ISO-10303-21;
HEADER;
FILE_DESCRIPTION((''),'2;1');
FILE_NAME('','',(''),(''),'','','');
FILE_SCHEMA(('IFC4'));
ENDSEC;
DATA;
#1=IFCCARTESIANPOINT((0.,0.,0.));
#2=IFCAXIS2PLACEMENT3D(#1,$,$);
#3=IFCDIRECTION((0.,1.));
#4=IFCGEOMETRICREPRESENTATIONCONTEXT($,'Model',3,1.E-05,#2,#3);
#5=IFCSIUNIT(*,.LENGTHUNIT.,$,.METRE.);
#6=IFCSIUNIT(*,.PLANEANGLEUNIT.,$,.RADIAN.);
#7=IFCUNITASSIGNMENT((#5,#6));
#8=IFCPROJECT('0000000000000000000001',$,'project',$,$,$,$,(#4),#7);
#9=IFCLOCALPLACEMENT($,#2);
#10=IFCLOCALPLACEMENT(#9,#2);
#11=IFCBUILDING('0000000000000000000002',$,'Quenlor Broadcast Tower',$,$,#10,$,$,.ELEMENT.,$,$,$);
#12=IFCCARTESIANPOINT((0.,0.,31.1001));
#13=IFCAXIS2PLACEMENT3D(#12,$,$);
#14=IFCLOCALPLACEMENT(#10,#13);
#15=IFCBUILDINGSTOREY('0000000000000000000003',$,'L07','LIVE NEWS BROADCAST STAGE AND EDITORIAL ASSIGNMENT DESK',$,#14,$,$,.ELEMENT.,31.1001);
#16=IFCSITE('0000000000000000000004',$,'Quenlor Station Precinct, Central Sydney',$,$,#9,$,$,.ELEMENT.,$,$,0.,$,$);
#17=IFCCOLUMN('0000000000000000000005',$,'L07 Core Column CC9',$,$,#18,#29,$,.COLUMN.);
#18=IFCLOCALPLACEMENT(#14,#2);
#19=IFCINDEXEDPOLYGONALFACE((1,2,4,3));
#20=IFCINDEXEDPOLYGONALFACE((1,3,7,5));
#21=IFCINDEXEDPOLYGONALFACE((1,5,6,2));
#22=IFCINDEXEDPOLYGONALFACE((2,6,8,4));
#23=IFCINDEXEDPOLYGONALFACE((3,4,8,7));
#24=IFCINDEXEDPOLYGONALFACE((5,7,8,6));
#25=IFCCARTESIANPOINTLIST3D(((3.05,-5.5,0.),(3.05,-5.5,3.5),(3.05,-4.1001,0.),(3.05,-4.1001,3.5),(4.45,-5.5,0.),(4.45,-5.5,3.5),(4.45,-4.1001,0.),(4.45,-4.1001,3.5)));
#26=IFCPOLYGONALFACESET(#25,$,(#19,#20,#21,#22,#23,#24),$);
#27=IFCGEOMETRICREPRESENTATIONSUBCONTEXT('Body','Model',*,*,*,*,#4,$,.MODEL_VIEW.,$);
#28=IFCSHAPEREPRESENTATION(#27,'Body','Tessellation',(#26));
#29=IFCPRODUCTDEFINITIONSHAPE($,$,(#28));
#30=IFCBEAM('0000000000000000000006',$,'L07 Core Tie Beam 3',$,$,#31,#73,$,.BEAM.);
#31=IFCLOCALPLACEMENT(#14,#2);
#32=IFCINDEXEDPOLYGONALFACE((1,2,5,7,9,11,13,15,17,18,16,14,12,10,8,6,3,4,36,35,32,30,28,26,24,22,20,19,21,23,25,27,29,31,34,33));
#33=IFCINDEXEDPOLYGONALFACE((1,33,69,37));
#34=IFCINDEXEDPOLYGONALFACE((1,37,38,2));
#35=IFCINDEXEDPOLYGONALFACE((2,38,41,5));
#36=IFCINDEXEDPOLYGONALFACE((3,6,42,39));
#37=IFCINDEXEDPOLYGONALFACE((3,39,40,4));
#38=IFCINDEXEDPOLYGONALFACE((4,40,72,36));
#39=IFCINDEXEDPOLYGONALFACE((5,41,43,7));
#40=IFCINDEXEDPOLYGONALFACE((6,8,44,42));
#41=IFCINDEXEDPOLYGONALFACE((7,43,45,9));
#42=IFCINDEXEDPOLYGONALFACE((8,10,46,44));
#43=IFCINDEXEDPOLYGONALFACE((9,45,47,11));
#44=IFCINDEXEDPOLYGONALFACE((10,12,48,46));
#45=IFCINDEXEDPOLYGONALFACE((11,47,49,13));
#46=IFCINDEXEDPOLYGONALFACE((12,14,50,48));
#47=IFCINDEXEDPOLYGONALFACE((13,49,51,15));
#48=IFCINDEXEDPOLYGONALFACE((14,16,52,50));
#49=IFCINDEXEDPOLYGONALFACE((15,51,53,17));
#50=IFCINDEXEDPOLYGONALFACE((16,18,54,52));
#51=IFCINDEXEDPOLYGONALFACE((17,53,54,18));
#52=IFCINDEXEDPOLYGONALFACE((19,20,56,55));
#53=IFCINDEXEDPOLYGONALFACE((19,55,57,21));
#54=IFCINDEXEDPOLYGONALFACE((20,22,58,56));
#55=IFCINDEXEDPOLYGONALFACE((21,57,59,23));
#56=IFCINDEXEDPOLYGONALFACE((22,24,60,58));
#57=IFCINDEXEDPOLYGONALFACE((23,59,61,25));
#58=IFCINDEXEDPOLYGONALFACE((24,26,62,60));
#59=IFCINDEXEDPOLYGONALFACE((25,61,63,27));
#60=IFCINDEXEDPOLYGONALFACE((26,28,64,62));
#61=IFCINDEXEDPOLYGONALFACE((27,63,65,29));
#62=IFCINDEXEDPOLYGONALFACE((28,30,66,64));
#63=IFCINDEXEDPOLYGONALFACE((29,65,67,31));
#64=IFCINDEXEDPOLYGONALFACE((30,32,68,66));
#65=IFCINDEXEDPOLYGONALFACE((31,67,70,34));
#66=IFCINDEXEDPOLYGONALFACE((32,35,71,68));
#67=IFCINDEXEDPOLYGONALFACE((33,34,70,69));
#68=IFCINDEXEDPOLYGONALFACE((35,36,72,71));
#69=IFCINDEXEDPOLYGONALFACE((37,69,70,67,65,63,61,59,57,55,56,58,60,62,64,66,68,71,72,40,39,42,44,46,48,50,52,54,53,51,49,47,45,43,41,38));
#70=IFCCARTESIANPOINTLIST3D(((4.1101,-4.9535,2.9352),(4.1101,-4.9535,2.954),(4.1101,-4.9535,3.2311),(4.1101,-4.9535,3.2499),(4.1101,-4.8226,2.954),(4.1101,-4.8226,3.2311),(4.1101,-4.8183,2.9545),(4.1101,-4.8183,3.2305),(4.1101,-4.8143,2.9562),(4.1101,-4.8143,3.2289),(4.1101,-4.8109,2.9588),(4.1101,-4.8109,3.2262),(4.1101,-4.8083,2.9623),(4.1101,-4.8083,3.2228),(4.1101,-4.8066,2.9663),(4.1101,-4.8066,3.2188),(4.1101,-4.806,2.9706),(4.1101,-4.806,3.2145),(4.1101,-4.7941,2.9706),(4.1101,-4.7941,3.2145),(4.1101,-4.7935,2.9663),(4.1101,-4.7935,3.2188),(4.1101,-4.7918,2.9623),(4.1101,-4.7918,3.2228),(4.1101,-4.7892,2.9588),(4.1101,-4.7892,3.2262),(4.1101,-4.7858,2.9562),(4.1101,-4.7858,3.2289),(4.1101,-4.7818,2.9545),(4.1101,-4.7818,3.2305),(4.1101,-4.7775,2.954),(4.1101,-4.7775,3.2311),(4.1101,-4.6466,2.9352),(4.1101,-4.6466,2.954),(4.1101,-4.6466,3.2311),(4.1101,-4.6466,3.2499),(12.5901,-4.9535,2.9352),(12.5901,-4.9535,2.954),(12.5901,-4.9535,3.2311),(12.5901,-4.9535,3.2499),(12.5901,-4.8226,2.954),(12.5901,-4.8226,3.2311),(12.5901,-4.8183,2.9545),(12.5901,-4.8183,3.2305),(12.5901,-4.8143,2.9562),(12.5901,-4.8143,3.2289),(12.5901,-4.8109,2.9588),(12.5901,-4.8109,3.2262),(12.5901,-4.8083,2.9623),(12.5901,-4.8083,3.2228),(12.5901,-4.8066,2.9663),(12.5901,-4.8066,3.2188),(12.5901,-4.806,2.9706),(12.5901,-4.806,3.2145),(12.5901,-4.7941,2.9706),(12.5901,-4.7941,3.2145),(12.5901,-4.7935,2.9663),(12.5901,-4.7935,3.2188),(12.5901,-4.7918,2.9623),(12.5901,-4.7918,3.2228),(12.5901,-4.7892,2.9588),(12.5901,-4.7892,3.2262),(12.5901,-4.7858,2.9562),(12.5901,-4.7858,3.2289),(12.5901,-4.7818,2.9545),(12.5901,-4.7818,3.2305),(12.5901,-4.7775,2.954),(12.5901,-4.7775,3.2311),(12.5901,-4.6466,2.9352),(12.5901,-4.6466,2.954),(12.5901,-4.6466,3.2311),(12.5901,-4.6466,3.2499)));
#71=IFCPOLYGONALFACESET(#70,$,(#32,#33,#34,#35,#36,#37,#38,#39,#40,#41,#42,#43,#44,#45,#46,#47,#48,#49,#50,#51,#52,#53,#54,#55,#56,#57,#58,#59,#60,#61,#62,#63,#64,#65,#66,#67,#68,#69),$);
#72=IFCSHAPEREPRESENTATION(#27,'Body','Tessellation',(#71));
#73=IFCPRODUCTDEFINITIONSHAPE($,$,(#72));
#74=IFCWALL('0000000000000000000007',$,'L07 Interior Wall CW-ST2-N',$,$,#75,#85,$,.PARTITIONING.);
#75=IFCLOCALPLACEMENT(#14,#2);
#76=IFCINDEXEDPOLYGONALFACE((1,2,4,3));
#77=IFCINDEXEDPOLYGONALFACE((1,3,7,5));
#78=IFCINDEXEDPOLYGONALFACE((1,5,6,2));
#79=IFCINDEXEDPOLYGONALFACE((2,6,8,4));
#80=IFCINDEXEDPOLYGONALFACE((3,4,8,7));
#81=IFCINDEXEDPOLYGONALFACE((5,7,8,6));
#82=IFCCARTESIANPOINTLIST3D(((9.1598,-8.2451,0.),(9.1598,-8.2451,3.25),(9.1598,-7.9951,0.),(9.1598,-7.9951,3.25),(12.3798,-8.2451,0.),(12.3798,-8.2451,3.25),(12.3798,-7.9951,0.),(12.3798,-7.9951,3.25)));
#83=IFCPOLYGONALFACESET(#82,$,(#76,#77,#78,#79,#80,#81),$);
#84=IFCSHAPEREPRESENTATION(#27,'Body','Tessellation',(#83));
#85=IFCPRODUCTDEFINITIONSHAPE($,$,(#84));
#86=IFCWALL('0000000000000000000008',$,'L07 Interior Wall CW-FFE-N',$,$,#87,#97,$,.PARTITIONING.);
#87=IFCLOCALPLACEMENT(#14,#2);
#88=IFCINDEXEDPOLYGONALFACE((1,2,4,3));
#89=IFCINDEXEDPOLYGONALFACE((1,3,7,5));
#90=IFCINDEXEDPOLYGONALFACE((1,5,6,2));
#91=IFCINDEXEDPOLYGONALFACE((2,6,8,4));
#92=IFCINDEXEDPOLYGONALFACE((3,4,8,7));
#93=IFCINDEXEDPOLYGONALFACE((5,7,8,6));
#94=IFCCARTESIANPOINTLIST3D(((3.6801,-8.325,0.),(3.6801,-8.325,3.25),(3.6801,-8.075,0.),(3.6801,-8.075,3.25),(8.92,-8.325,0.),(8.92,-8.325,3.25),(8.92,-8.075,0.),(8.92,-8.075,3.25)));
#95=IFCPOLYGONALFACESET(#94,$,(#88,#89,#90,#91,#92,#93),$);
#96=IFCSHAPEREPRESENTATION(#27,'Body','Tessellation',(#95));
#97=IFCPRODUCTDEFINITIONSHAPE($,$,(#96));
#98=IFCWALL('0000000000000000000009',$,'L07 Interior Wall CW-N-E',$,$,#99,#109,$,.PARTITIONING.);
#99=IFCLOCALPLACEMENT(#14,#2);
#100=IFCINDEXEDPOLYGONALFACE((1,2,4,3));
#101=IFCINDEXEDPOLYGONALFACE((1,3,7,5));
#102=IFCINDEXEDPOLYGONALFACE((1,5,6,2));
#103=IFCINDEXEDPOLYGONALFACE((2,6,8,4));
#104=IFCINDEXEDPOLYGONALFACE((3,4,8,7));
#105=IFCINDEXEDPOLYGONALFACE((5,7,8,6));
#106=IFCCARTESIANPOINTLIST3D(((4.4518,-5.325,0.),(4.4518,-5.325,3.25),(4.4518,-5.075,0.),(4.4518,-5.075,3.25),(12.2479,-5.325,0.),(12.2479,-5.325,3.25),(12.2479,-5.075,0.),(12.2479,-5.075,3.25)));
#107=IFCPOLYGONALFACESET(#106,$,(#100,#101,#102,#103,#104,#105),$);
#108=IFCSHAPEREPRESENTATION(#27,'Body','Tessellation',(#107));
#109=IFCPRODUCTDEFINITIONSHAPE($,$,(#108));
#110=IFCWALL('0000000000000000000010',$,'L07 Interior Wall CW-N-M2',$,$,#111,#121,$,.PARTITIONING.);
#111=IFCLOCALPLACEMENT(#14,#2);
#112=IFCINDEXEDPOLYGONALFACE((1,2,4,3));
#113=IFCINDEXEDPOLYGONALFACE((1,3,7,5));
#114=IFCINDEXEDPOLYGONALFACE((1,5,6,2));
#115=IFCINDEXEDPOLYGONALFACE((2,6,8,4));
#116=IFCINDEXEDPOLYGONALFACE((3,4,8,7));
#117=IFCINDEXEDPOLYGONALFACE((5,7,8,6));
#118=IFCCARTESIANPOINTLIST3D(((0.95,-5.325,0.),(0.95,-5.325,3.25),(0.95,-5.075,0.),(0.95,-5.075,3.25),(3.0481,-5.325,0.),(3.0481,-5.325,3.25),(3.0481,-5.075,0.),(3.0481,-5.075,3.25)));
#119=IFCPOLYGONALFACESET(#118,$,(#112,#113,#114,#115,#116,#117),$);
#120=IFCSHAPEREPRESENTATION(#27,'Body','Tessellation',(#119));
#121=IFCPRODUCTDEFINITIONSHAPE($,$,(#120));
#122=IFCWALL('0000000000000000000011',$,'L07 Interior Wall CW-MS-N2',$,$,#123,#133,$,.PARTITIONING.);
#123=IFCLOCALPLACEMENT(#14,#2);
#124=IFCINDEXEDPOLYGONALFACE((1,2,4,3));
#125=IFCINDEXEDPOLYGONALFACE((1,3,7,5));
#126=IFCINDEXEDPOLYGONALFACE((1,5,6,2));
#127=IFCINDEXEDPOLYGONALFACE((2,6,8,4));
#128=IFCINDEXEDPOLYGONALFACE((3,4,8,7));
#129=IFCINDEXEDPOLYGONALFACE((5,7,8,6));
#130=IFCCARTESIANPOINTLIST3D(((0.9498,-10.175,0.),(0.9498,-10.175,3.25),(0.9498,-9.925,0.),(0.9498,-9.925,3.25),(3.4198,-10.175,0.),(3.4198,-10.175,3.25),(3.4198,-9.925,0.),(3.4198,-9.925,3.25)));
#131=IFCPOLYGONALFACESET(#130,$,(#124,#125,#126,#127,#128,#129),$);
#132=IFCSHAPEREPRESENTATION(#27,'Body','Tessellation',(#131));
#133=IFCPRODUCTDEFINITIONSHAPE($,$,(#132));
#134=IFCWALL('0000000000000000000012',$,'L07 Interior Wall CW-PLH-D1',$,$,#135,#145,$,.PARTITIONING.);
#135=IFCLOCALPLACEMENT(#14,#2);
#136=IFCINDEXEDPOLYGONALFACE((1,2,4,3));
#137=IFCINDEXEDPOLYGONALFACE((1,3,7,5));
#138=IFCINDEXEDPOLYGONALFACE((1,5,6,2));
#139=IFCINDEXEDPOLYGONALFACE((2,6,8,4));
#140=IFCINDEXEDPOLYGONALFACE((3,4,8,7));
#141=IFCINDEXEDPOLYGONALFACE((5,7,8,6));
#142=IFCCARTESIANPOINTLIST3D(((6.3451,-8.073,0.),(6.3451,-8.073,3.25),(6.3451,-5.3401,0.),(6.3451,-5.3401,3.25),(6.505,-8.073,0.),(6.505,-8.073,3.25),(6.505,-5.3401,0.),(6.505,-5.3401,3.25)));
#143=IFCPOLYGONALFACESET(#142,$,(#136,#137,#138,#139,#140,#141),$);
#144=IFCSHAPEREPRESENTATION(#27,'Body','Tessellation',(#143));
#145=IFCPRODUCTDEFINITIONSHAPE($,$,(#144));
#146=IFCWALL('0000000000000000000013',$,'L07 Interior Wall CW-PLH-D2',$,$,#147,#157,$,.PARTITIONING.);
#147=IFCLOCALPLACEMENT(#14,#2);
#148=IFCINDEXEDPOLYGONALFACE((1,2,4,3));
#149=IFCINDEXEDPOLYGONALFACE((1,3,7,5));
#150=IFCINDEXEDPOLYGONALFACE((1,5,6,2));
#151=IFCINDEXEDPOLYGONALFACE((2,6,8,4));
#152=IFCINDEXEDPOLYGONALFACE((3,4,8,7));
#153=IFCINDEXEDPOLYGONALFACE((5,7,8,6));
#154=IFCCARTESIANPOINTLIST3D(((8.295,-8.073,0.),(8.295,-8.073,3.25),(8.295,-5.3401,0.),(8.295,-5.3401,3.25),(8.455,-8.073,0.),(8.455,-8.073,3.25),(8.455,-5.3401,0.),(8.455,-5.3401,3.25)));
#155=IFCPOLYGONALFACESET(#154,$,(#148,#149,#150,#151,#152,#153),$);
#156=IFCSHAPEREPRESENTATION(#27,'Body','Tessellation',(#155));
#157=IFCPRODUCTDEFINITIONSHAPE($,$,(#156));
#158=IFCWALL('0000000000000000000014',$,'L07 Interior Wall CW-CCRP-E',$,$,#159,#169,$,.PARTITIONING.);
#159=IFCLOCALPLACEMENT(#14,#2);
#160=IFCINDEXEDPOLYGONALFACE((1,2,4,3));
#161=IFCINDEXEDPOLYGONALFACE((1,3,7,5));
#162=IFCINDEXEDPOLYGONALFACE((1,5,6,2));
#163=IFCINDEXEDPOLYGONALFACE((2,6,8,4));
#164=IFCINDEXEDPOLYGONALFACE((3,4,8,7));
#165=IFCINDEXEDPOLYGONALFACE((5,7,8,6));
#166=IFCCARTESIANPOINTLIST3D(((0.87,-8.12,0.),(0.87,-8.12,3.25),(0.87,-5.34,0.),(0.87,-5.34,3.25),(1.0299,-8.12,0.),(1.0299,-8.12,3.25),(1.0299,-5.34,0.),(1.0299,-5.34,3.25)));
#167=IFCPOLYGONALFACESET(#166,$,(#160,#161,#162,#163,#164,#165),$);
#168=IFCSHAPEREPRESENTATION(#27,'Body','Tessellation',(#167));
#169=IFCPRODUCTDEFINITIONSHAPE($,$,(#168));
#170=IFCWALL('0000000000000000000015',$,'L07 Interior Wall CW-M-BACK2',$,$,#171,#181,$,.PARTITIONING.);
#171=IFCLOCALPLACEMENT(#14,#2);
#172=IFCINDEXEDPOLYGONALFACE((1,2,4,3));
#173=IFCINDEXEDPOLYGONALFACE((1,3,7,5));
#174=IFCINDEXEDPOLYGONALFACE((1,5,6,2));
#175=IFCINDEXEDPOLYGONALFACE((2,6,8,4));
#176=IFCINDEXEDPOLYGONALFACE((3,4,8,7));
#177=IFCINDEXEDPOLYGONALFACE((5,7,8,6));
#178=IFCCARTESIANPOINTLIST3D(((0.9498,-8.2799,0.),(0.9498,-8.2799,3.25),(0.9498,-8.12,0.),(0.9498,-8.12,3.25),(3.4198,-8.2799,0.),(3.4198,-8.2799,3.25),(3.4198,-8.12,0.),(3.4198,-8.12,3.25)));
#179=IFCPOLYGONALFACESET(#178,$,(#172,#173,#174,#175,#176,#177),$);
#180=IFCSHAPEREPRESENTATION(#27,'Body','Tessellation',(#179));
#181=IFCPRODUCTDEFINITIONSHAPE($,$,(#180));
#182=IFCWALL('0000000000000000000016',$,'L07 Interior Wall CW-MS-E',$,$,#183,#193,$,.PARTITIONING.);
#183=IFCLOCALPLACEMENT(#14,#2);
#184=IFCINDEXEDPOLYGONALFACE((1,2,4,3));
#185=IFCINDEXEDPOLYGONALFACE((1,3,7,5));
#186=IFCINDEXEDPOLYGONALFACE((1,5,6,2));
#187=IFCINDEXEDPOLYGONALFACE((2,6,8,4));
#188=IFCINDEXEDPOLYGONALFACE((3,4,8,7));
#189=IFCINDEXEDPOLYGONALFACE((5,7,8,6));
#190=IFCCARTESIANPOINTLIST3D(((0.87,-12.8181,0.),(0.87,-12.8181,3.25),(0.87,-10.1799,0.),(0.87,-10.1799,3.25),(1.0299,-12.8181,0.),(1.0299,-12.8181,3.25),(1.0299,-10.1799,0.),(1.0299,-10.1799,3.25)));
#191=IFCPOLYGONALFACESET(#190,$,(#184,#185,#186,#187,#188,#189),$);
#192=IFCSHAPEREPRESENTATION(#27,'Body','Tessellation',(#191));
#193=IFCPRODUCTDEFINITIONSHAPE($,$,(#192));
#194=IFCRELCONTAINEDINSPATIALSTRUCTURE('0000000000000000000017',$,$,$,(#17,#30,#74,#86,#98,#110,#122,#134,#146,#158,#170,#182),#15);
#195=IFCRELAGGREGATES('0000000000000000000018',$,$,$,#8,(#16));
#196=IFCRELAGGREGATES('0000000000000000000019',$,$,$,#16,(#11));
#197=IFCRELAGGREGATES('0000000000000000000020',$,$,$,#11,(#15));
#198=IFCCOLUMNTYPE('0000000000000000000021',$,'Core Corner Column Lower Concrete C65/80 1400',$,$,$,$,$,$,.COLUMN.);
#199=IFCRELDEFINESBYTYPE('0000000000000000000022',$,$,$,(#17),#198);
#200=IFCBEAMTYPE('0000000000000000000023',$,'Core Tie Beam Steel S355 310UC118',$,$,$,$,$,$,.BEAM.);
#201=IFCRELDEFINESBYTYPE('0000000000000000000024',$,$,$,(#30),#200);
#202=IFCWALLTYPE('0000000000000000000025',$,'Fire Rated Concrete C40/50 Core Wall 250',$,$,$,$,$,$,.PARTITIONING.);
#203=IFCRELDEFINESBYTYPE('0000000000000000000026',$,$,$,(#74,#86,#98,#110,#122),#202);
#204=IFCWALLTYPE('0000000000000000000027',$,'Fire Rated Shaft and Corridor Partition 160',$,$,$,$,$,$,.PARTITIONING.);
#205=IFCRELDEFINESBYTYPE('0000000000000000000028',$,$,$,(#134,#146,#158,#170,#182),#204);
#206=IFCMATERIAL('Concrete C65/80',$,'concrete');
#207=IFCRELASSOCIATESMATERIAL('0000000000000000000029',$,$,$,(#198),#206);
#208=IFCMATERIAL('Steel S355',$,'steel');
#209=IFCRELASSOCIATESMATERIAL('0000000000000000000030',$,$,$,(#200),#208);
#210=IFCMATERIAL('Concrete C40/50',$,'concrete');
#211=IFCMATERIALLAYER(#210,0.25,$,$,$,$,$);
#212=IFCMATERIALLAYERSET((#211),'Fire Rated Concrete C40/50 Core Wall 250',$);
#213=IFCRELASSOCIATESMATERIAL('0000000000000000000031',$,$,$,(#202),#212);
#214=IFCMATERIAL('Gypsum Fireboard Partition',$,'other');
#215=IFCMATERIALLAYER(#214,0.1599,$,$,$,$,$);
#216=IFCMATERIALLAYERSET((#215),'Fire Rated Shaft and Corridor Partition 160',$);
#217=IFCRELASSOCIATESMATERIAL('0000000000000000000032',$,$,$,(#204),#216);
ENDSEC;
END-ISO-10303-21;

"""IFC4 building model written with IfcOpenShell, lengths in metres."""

from ifc_helpers import new_model, si_unit, direction, frame, frame_2d, origin, origin_2d, place, context, subcontext, project, spatial, rectangle, i_section, extrude, material, layer, layer_set, material_profile, profile_set, type_object, element, save


model = new_model("IFC4")

# Units and contexts
model_context = context("Model", 3, precision=1e-05, world=origin(), true_north=direction((0.0, 1.0)))
body_context = subcontext(model_context, "Body", "Model", "MODEL_VIEW")
ifc_project = project(units=[si_unit("LENGTHUNIT", "METRE"), si_unit("PLANEANGLEUNIT", "RADIAN")], contexts=[model_context])

# Site, building, storey
site_placement = place(None, origin())
site = spatial("IfcSite", under=ifc_project, at=site_placement, Name="Quenlor Station Precinct, Central Sydney", CompositionType="ELEMENT", RefElevation=0.0)
building_placement = place(site_placement, origin())
building = spatial("IfcBuilding", under=site, at=building_placement, Name="Quenlor Broadcast Tower", CompositionType="ELEMENT")
storey_placement = place(building_placement, frame((0.0, 0.0, 31.1001)))
storey = spatial("IfcBuildingStorey", under=building, at=storey_placement, Name="L07", Description="LIVE NEWS BROADCAST STAGE AND EDITORIAL ASSIGNMENT DESK", CompositionType="ELEMENT", Elevation=31.1001)

# Column
ifc_material_1 = material(Name="Concrete C65/80", Category="concrete")
ifc_material_profile_1 = material_profile(ifc_material_1, rectangle(XDim=1.3999, YDim=1.3999, at=origin_2d()))
ifc_profile_set_1 = profile_set([ifc_material_profile_1], Name="Concrete C65/80 RC1400x1400")
column_type = type_object("IfcColumnType", Name="Core Corner Column Lower Concrete C65/80 1400", PredefinedType="COLUMN", material=ifc_profile_set_1)
column_placement = place(storey_placement, frame((3.75, -4.8, 0.0), z_axis=(0.0, 0.0, 1.0), x_axis=(1.0, 0.0, 0.0)))
element("IfcColumn", 1, at=column_placement, inside=storey, type_object=column_type, Name="L07 Core Column CC9", PredefinedType="COLUMN", context=body_context, shape_type="SweptSolid", body=[
    extrude(rectangle(XDim=1.3999, YDim=1.3999, at=origin_2d()), origin(), (0.0, 0.0, 1.0), 3.5),
])

# Beam
ifc_material_2 = material(Name="Steel S355", Category="steel")
ifc_material_profile_2 = material_profile(ifc_material_2, i_section(OverallWidth=0.3069, OverallDepth=0.3147, WebThickness=0.012, FlangeThickness=0.0188, FilletRadius=0.0166, at=origin_2d()))
ifc_profile_set_2 = profile_set([ifc_material_profile_2], Name="Steel S355 310UC118")
beam_type = type_object("IfcBeamType", Name="Core Tie Beam Steel S355 310UC118", PredefinedType="BEAM", material=ifc_profile_set_2)
beam_placement = place(storey_placement, frame((4.1101, -4.8, 3.0925), z_axis=(1.0, 0.0, 0.0), x_axis=(0.0, 1.0, 0.0)))
element("IfcBeam", 2, at=beam_placement, inside=storey, type_object=beam_type, Name="L07 Core Tie Beam 3", PredefinedType="BEAM", context=body_context, shape_type="SweptSolid", body=[
    extrude(i_section(OverallWidth=0.3069, OverallDepth=0.3147, WebThickness=0.012, FlangeThickness=0.0188, FilletRadius=0.0166, at=origin_2d()), origin(), (0.0, 0.0, 1.0), 8.48),
])

# Shared definitions
ifc_material_3 = material(Name="Concrete C40/50", Category="concrete")
ifc_layer_1 = layer(ifc_material_3, 0.25)
ifc_layer_set_1 = layer_set([ifc_layer_1], Name="Fire Rated Concrete C40/50 Core Wall 250")
wall_type_1 = type_object("IfcWallType", Name="Fire Rated Concrete C40/50 Core Wall 250", PredefinedType="PARTITIONING", material=ifc_layer_set_1)

# Wall
wall_1_placement = place(storey_placement, frame((9.1599, -8.1201, 0.0), z_axis=(0.0, 0.0, 1.0), x_axis=(1.0, 0.0, 0.0)))
element("IfcWall", 3, at=wall_1_placement, inside=storey, type_object=wall_type_1, Name="L07 Interior Wall CW-ST2-N", PredefinedType="PARTITIONING", context=body_context, shape_type="SweptSolid", body=[
    extrude(rectangle(XDim=3.22, YDim=0.25, at=frame_2d((1.6099, 0.0))), origin(), (0.0, 0.0, 1.0), 3.25),
])

# Walls
wall_2_placement = place(storey_placement, frame((3.6799, -8.2, 0.0), z_axis=(0.0, 0.0, 1.0), x_axis=(1.0, 0.0, 0.0)))
element("IfcWall", 4, at=wall_2_placement, inside=storey, type_object=wall_type_1, Name="L07 Interior Wall CW-FFE-N", PredefinedType="PARTITIONING", context=body_context, shape_type="SweptSolid", body=[
    extrude(rectangle(XDim=5.24, YDim=0.25, at=frame_2d((2.6201, 0.0))), origin(), (0.0, 0.0, 1.0), 3.25),
])
wall_3_placement = place(storey_placement, frame((4.4519, -5.2, 0.0), z_axis=(0.0, 0.0, 1.0), x_axis=(1.0, 0.0, 0.0)))
element("IfcWall", 5, at=wall_3_placement, inside=storey, type_object=wall_type_1, Name="L07 Interior Wall CW-N-E", PredefinedType="PARTITIONING", context=body_context, shape_type="SweptSolid", body=[
    extrude(rectangle(XDim=7.7961, YDim=0.25, at=frame_2d((3.8979, 0.0))), origin(), (0.0, 0.0, 1.0), 3.25),
])
wall_4_placement = place(storey_placement, frame((0.95, -5.2, 0.0), z_axis=(0.0, 0.0, 1.0), x_axis=(1.0, 0.0, 0.0)))
element("IfcWall", 6, at=wall_4_placement, inside=storey, type_object=wall_type_1, Name="L07 Interior Wall CW-N-M2", PredefinedType="PARTITIONING", context=body_context, shape_type="SweptSolid", body=[
    extrude(rectangle(XDim=2.0981, YDim=0.25, at=frame_2d((1.0491, 0.0))), origin(), (0.0, 0.0, 1.0), 3.25),
])
wall_5_placement = place(storey_placement, frame((0.95, -10.05, 0.0), z_axis=(0.0, 0.0, 1.0), x_axis=(1.0, 0.0, 0.0)))
element("IfcWall", 7, at=wall_5_placement, inside=storey, type_object=wall_type_1, Name="L07 Interior Wall CW-MS-N2", PredefinedType="PARTITIONING", context=body_context, shape_type="SweptSolid", body=[
    extrude(rectangle(XDim=2.47, YDim=0.25, at=frame_2d((1.2349, 0.0))), origin(), (0.0, 0.0, 1.0), 3.25),
])
ifc_material_4 = material(Name="Gypsum Fireboard Partition", Category="other")
ifc_layer_2 = layer(ifc_material_4, 0.1599)
ifc_layer_set_2 = layer_set([ifc_layer_2], Name="Fire Rated Shaft and Corridor Partition 160")
wall_type_2 = type_object("IfcWallType", Name="Fire Rated Shaft and Corridor Partition 160", PredefinedType="PARTITIONING", material=ifc_layer_set_2)
for number, where, z_axis, x_axis, name in (
    (8, (6.425, -8.073, 0.0), (0.0, 0.0, 1.0), (0.0, 1.0, 0.0), "L07 Interior Wall CW-PLH-D1"),
    (9, (8.375, -8.073, 0.0), (0.0, 0.0, 1.0), (0.0, 1.0, 0.0), "L07 Interior Wall CW-PLH-D2"),
):
    element("IfcWall", number, at=place(storey_placement, frame(where, z_axis=z_axis, x_axis=x_axis)), inside=storey, type_object=wall_type_2, Name=name, PredefinedType="PARTITIONING", context=body_context, shape_type="SweptSolid", body=[
        extrude(rectangle(XDim=2.7329, YDim=0.1599, at=frame_2d((1.3665, 0.0))), origin(), (0.0, 0.0, 1.0), 3.25),
    ])
wall_6_placement = place(storey_placement, frame((0.95, -8.1201, 0.0), z_axis=(0.0, 0.0, 1.0), x_axis=(0.0, 1.0, 0.0)))
element("IfcWall", 10, at=wall_6_placement, inside=storey, type_object=wall_type_2, Name="L07 Interior Wall CW-CCRP-E", PredefinedType="PARTITIONING", context=body_context, shape_type="SweptSolid", body=[
    extrude(rectangle(XDim=2.78, YDim=0.1599, at=frame_2d((1.3901, 0.0))), origin(), (0.0, 0.0, 1.0), 3.25),
])
wall_7_placement = place(storey_placement, frame((0.95, -8.2, 0.0), z_axis=(0.0, 0.0, 1.0), x_axis=(1.0, 0.0, 0.0)))
element("IfcWall", 11, at=wall_7_placement, inside=storey, type_object=wall_type_2, Name="L07 Interior Wall CW-M-BACK2", PredefinedType="PARTITIONING", context=body_context, shape_type="SweptSolid", body=[
    extrude(rectangle(XDim=2.47, YDim=0.1599, at=frame_2d((1.2349, 0.0))), origin(), (0.0, 0.0, 1.0), 3.25),
])
wall_8_placement = place(storey_placement, frame((0.95, -12.8181, 0.0), z_axis=(0.0, 0.0, 1.0), x_axis=(0.0, 1.0, 0.0)))
element("IfcWall", 12, at=wall_8_placement, inside=storey, type_object=wall_type_2, Name="L07 Interior Wall CW-MS-E", PredefinedType="PARTITIONING", context=body_context, shape_type="SweptSolid", body=[
    extrude(rectangle(XDim=2.6382, YDim=0.1599, at=frame_2d((1.3191, 0.0))), origin(), (0.0, 0.0, 1.0), 3.25),
])

save(model, "model.ifc")
